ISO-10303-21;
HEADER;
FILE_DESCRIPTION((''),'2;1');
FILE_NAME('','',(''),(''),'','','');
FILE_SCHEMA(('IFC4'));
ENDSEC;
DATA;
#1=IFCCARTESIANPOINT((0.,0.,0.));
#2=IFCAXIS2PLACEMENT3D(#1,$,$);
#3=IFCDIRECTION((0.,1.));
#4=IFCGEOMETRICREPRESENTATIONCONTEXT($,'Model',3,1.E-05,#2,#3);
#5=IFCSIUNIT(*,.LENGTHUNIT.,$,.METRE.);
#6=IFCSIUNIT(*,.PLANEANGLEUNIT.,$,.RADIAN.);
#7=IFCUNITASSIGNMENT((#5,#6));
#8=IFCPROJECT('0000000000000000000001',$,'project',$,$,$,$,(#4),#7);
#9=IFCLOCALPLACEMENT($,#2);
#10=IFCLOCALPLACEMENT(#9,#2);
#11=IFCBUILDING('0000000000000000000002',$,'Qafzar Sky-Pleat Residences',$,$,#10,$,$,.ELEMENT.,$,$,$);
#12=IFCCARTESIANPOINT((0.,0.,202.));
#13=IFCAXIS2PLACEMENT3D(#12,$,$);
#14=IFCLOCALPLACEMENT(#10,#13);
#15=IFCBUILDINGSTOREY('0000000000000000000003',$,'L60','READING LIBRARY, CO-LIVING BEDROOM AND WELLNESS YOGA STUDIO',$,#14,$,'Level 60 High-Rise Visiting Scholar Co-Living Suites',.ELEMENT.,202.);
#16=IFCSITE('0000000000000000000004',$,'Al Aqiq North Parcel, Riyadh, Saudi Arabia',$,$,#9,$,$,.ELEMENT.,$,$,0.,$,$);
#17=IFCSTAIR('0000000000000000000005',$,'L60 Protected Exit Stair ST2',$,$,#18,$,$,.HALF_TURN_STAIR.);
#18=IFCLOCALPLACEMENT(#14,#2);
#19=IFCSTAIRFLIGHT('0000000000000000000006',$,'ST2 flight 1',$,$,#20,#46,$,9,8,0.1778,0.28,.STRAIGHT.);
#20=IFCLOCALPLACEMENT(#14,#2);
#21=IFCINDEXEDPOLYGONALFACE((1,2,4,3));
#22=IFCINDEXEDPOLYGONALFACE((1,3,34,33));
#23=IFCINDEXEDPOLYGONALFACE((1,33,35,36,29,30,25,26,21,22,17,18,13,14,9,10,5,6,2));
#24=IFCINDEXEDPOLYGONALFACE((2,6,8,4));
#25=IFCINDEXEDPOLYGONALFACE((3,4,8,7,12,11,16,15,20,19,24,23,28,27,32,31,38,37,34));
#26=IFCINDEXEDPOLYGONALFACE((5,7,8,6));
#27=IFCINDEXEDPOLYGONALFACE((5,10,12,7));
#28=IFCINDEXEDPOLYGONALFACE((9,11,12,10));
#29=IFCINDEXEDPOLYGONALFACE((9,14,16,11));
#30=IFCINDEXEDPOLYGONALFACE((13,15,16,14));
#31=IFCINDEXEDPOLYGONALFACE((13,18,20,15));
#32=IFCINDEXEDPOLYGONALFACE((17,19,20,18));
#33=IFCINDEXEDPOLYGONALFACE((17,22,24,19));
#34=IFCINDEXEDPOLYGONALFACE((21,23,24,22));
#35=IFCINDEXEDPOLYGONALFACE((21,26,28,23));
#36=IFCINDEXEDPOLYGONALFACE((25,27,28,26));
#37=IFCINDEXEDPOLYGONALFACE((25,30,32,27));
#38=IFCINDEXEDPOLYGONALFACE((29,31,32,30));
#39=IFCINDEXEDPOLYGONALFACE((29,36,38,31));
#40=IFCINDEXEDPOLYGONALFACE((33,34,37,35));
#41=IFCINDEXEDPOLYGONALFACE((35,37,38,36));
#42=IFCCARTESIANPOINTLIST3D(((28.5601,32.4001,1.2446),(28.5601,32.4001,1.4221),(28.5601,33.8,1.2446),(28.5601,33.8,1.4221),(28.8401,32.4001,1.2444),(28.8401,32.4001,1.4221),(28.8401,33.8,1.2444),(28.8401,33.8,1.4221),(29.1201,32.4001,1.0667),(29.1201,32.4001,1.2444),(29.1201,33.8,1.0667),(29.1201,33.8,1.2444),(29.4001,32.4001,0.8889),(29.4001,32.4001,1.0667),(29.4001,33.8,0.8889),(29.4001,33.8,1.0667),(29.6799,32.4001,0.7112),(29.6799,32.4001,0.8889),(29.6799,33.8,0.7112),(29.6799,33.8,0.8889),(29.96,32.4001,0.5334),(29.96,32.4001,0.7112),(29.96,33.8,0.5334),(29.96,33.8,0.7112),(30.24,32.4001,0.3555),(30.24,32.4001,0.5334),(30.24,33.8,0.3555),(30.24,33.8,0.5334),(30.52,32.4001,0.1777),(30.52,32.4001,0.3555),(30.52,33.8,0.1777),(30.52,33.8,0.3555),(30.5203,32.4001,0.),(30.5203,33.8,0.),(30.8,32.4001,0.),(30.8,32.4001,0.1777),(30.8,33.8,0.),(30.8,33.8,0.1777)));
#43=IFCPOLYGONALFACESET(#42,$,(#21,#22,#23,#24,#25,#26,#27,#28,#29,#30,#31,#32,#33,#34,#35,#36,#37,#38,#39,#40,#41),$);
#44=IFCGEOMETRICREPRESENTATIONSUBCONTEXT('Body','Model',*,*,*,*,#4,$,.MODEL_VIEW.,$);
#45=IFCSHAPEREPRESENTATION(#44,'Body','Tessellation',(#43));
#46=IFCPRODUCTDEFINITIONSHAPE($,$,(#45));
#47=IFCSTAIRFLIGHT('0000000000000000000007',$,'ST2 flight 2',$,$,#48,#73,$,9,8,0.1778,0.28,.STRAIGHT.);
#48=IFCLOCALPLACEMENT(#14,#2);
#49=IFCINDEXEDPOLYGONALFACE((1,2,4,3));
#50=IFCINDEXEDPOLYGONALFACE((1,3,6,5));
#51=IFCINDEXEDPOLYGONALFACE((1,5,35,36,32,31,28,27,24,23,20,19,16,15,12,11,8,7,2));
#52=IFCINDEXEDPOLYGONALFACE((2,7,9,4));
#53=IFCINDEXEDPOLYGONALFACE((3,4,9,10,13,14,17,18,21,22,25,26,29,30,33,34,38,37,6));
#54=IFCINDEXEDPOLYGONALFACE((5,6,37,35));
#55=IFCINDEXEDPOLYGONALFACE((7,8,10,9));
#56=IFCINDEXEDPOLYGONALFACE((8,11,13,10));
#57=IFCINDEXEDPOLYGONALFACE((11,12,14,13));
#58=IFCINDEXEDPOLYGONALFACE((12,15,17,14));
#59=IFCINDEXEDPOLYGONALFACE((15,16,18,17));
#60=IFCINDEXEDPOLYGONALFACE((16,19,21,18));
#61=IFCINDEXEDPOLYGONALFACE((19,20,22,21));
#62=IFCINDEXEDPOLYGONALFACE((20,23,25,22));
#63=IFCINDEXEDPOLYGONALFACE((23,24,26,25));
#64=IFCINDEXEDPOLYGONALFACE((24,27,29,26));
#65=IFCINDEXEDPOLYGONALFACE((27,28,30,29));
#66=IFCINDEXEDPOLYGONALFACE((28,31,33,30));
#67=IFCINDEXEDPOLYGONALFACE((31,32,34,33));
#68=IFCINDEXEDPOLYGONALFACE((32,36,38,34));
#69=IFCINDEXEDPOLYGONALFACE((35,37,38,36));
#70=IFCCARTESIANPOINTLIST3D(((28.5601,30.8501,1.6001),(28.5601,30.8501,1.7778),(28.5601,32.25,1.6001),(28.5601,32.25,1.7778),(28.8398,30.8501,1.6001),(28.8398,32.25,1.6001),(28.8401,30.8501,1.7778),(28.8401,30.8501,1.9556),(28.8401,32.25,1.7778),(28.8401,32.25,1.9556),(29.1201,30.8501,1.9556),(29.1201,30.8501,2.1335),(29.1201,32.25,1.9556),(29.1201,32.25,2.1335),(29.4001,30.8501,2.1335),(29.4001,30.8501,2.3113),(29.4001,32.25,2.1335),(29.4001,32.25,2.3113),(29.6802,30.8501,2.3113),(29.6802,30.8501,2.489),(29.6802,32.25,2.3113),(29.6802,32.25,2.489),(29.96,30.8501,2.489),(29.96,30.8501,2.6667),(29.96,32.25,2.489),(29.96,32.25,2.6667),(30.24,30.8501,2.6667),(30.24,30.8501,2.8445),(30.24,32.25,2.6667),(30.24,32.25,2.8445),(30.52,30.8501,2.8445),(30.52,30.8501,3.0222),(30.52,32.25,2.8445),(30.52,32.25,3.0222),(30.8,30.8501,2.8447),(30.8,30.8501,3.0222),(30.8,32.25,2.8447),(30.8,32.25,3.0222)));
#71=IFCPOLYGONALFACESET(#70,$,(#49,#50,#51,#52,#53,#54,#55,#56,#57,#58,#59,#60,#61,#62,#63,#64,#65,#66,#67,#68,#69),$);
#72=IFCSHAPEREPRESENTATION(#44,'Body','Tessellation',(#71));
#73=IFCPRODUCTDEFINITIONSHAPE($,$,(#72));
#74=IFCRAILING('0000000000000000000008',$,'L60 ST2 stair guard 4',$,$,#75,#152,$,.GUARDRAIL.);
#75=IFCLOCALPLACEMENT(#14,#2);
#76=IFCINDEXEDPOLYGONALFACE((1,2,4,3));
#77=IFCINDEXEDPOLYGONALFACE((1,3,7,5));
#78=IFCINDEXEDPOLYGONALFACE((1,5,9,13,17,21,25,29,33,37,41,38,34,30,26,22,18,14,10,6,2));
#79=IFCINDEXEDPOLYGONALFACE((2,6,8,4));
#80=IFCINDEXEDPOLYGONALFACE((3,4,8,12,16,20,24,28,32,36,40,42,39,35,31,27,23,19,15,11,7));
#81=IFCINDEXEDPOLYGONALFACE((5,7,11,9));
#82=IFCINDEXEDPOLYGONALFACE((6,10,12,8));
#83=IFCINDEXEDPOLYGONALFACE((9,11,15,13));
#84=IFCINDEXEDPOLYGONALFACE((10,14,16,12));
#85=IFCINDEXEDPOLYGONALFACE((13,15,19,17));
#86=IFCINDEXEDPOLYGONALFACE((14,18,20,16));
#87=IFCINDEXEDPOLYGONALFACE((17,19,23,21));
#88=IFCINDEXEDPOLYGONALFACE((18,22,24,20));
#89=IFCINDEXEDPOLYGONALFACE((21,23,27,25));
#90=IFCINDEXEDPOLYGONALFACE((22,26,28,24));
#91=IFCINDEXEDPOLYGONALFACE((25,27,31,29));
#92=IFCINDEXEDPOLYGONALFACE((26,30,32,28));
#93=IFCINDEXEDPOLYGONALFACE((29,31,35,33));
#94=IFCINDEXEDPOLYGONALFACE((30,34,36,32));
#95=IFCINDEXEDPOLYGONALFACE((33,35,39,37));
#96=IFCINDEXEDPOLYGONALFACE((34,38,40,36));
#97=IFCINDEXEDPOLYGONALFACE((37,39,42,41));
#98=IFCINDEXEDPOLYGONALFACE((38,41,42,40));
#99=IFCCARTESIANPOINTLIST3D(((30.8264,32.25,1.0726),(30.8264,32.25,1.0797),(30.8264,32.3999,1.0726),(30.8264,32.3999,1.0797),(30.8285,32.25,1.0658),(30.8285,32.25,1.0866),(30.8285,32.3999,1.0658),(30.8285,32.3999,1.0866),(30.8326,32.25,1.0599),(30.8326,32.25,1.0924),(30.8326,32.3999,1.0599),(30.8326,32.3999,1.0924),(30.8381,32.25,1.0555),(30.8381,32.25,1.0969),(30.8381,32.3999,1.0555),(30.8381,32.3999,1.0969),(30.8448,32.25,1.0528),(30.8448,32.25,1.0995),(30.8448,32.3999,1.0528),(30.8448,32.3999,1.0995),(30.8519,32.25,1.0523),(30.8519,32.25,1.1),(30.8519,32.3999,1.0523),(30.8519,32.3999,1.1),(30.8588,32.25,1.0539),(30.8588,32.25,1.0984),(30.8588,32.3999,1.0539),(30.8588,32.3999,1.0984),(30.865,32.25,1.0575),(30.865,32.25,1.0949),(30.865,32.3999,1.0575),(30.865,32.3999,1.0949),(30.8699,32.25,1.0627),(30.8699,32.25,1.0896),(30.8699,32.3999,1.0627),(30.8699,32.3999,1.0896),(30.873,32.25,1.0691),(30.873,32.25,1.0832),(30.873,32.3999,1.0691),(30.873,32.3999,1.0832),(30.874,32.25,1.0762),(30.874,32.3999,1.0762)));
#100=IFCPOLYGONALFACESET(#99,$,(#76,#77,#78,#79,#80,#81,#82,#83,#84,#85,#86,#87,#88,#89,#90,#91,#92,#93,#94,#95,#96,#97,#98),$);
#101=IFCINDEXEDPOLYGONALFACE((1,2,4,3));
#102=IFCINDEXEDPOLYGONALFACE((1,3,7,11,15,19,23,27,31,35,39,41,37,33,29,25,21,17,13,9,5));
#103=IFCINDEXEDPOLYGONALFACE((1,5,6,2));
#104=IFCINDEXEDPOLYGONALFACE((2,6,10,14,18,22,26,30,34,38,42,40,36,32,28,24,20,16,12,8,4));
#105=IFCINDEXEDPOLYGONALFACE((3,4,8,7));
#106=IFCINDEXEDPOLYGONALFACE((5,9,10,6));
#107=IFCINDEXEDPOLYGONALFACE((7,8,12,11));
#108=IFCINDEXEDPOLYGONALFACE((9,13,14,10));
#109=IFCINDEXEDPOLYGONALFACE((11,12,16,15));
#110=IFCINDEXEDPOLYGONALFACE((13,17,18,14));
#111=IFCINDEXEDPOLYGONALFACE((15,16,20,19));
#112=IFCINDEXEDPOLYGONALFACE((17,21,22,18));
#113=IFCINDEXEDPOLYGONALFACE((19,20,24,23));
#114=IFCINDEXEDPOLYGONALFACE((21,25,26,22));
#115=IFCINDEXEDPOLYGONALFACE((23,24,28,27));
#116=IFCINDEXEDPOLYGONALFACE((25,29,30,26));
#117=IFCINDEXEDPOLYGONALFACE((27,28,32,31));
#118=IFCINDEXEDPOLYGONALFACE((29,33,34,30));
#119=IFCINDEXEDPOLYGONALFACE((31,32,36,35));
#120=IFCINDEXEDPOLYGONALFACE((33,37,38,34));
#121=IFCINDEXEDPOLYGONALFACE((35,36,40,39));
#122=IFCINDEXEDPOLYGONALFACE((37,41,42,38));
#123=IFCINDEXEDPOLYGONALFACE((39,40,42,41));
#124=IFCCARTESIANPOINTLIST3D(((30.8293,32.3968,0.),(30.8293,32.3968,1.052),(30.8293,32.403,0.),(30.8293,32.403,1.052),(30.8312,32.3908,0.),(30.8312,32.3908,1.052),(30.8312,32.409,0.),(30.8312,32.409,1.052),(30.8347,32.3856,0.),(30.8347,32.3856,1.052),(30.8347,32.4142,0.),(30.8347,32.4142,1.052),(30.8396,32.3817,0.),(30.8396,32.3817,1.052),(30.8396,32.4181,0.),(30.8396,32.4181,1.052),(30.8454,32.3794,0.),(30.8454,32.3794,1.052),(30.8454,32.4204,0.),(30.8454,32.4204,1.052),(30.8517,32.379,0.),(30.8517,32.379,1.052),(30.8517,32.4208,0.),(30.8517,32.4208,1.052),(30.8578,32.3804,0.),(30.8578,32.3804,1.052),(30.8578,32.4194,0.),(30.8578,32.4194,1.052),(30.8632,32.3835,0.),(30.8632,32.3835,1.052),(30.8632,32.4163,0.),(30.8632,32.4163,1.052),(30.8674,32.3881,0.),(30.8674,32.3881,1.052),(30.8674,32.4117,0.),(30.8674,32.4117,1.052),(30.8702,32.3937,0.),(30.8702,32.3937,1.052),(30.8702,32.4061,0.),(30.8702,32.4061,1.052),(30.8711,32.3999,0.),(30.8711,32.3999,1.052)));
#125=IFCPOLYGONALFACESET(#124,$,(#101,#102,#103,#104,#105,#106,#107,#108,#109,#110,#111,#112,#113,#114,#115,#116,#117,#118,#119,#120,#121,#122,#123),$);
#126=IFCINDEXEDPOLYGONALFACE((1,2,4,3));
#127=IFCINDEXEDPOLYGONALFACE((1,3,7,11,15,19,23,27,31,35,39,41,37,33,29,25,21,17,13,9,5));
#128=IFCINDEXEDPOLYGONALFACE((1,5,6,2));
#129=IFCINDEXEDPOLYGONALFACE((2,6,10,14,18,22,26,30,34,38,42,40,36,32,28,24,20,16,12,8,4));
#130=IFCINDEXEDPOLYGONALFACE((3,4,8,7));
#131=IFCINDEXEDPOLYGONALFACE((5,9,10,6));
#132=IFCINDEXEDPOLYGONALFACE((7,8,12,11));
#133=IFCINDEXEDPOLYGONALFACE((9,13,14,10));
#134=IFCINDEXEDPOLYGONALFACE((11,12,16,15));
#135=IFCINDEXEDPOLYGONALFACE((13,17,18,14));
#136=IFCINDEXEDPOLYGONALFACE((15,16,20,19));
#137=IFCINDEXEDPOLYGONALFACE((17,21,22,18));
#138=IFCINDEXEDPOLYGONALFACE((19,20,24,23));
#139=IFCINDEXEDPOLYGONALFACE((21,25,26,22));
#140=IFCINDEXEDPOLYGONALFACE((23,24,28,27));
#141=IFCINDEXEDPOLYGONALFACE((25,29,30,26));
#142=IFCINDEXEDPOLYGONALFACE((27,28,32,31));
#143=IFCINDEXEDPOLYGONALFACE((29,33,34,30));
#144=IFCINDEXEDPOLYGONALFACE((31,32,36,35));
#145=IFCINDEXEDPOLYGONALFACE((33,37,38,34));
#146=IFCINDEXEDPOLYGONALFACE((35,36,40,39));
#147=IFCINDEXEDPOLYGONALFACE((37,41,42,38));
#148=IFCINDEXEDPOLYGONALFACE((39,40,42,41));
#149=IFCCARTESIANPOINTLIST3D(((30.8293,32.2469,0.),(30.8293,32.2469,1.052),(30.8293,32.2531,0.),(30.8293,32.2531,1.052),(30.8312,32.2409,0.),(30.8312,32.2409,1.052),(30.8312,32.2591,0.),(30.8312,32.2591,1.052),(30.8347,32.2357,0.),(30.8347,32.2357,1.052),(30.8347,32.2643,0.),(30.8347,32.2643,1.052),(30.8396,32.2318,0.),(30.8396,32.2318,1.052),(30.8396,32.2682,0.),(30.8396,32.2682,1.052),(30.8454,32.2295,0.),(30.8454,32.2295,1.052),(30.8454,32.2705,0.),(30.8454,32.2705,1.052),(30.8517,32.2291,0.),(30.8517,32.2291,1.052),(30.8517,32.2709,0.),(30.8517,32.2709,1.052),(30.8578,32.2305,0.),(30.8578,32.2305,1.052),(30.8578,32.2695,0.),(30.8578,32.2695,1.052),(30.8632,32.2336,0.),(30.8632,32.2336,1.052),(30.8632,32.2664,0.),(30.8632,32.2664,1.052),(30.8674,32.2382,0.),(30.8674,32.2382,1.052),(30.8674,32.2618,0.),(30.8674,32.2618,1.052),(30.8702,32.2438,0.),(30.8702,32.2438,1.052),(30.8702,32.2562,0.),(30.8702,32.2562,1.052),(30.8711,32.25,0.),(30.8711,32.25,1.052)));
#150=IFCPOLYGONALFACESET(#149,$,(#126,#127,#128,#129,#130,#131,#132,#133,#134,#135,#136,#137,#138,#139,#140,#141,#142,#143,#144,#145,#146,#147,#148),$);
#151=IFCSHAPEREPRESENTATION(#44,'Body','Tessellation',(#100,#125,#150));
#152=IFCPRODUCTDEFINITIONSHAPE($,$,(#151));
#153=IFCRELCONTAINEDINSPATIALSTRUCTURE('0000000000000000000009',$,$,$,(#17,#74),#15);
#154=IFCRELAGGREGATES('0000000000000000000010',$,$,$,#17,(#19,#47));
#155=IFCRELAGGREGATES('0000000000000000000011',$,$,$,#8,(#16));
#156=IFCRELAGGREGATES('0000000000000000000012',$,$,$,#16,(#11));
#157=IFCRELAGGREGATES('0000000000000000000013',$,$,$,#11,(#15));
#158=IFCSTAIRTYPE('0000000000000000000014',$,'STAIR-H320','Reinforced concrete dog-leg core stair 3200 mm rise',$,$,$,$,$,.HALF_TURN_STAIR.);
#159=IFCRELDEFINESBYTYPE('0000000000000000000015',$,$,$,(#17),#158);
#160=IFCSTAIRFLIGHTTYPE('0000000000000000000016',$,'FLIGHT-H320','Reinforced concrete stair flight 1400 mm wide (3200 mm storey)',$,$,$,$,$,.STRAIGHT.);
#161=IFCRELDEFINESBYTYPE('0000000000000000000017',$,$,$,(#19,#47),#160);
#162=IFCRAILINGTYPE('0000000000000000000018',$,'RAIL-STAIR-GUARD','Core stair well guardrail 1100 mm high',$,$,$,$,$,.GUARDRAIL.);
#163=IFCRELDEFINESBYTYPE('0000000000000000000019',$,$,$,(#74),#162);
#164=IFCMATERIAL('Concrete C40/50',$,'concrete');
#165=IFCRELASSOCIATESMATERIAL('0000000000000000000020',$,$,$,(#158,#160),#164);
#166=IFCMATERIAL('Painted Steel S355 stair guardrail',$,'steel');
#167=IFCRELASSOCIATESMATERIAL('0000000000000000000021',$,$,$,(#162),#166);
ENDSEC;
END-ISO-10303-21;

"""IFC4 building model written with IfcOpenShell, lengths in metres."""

from ifc_helpers import new_model, si_unit, direction, frame, origin, origin_2d, place, context, subcontext, project, spatial, polyline, circle, outline, extrude, source, transform, mapped, material, type_object, element, aggregate, save


model = new_model("IFC4")

# Units and contexts
model_context = context("Model", 3, precision=1e-05, world=origin(), true_north=direction((0.0, 1.0)))
body_context = subcontext(model_context, "Body", "Model", "MODEL_VIEW")
ifc_project = project(units=[si_unit("LENGTHUNIT", "METRE"), si_unit("PLANEANGLEUNIT", "RADIAN")], contexts=[model_context])

# Site, building, storey
site_placement = place(None, origin())
site = spatial("IfcSite", under=ifc_project, at=site_placement, Name="Al Aqiq North Parcel, Riyadh, Saudi Arabia", CompositionType="ELEMENT", RefElevation=0.0)
building_placement = place(site_placement, origin())
building = spatial("IfcBuilding", under=site, at=building_placement, Name="Qafzar Sky-Pleat Residences", CompositionType="ELEMENT")
storey_placement = place(building_placement, frame((0.0, 0.0, 202.0)))
storey = spatial("IfcBuildingStorey", under=building, at=storey_placement, Name="L60", Description="READING LIBRARY, CO-LIVING BEDROOM AND WELLNESS YOGA STUDIO", LongName="Level 60 High-Rise Visiting Scholar Co-Living Suites", CompositionType="ELEMENT", Elevation=202.0)

# Stair, stair flights
ifc_material_1 = material(Name="Concrete C40/50", Category="concrete")
stair_type = type_object("IfcStairType", Name="STAIR-H320", Description="Reinforced concrete dog-leg core stair 3200 mm rise", PredefinedType="HALF_TURN_STAIR", material=ifc_material_1)
stair_placement = place(storey_placement, origin())
stair = element("IfcStair", 1, at=stair_placement, inside=storey, type_object=stair_type, Name="L60 Protected Exit Stair ST2", PredefinedType="HALF_TURN_STAIR")
stair_flight_type = type_object("IfcStairFlightType", Name="FLIGHT-H320", Description="Reinforced concrete stair flight 1400 mm wide (3200 mm storey)", PredefinedType="STRAIGHT", material=ifc_material_1)
shared_shape_1 = source(origin(), body_context, "Body", "SweptSolid", [
    extrude(outline(polyline([(0.0, 0.0), (0.0, 0.1777), (0.28, 0.1777), (0.28, 0.3555), (0.5601, 0.3555), (0.5601, 0.5334), (0.8401, 0.5334), (0.8401, 0.7112), (1.1201, 0.7112), (1.1201, 0.8889), (1.3999, 0.8889), (1.3999, 1.0667), (1.6799, 1.0667), (1.6799, 1.2444), (1.96, 1.2444), (1.96, 1.4221), (2.24, 1.4221), (2.24, 1.6001), (2.24, 1.2446), (0.2798, 0.0), (0.0, 0.0)])), frame((0.0, 0.7, 0.0), z_axis=(0.0, -1.0, 0.0), x_axis=(1.0, 0.0, 0.0)), (0.0, 0.0, 1.0), 1.3999),
])
stair_flight_1_placement = place(storey_placement, frame((30.8, 33.1001, 0.0), z_axis=(0.0, 0.0, 1.0), x_axis=(-1.0, 0.0, 0.0)))
stair_flight_1 = element("IfcStairFlight", 2, at=stair_flight_1_placement, type_object=stair_flight_type, Name="ST2 flight 1", NumberOfRisers=9, NumberOfTreads=8, PredefinedType="STRAIGHT", RiserHeight=0.1778, TreadLength=0.28, context=body_context, shape_type="MappedRepresentation", body=[
    mapped(shared_shape_1, transform((0.0, 0.0, 0.0), x_axis=(1.0, 0.0, 0.0), y_axis=(0.0, 1.0, 0.0), z_axis=(0.0, 0.0, 1.0), scale=1.0)),
])
stair_flight_2_placement = place(storey_placement, frame((28.5601, 31.55, 1.6001), z_axis=(0.0, 0.0, 1.0), x_axis=(1.0, 0.0, 0.0)))
stair_flight_2 = element("IfcStairFlight", 3, at=stair_flight_2_placement, type_object=stair_flight_type, Name="ST2 flight 2", NumberOfRisers=9, NumberOfTreads=8, PredefinedType="STRAIGHT", RiserHeight=0.1778, TreadLength=0.28, context=body_context, shape_type="MappedRepresentation", body=[
    mapped(shared_shape_1, transform((0.0, 0.0, 0.0), x_axis=(1.0, 0.0, 0.0), y_axis=(0.0, 1.0, 0.0), z_axis=(0.0, 0.0, 1.0), scale=1.0)),
])
aggregate(stair, [stair_flight_1, stair_flight_2])

# Railing
ifc_material_2 = material(Name="Painted Steel S355 stair guardrail", Category="steel")
railing_type_1 = type_object("IfcRailingType", Name="RAIL-STAIR-GUARD", Description="Core stair well guardrail 1100 mm high", PredefinedType="GUARDRAIL", material=ifc_material_2)
shared_shape_2 = source(origin(), body_context, "Body", "SweptSolid", [
    extrude(circle(Radius=0.0239, at=origin_2d()), frame((0.0, 0.0, 1.0762), z_axis=(0.0, -1.0, 0.0), x_axis=(1.0, 0.0, 0.0)), (0.0, 0.0, 1.0), 0.1499),
    extrude(circle(Radius=0.021, at=origin_2d()), origin(), (0.0, 0.0, 1.0), 1.052),
    extrude(circle(Radius=0.021, at=origin_2d()), frame((0.0, -0.1499, 0.0)), (0.0, 0.0, 1.0), 1.052),
])
railing_1_placement = place(storey_placement, frame((30.8501, 32.3999, 0.0)))
element("IfcRailing", 4, at=railing_1_placement, inside=storey, type_object=railing_type_1, Name="L60 ST2 stair guard 4", PredefinedType="GUARDRAIL", context=body_context, shape_type="MappedRepresentation", body=[
    mapped(shared_shape_2, transform((0.0, 0.0, 0.0), x_axis=(1.0, 0.0, 0.0), y_axis=(0.0, 1.0, 0.0), z_axis=(0.0, 0.0, 1.0), scale=1.0)),
])

save(model, "model.ifc")
